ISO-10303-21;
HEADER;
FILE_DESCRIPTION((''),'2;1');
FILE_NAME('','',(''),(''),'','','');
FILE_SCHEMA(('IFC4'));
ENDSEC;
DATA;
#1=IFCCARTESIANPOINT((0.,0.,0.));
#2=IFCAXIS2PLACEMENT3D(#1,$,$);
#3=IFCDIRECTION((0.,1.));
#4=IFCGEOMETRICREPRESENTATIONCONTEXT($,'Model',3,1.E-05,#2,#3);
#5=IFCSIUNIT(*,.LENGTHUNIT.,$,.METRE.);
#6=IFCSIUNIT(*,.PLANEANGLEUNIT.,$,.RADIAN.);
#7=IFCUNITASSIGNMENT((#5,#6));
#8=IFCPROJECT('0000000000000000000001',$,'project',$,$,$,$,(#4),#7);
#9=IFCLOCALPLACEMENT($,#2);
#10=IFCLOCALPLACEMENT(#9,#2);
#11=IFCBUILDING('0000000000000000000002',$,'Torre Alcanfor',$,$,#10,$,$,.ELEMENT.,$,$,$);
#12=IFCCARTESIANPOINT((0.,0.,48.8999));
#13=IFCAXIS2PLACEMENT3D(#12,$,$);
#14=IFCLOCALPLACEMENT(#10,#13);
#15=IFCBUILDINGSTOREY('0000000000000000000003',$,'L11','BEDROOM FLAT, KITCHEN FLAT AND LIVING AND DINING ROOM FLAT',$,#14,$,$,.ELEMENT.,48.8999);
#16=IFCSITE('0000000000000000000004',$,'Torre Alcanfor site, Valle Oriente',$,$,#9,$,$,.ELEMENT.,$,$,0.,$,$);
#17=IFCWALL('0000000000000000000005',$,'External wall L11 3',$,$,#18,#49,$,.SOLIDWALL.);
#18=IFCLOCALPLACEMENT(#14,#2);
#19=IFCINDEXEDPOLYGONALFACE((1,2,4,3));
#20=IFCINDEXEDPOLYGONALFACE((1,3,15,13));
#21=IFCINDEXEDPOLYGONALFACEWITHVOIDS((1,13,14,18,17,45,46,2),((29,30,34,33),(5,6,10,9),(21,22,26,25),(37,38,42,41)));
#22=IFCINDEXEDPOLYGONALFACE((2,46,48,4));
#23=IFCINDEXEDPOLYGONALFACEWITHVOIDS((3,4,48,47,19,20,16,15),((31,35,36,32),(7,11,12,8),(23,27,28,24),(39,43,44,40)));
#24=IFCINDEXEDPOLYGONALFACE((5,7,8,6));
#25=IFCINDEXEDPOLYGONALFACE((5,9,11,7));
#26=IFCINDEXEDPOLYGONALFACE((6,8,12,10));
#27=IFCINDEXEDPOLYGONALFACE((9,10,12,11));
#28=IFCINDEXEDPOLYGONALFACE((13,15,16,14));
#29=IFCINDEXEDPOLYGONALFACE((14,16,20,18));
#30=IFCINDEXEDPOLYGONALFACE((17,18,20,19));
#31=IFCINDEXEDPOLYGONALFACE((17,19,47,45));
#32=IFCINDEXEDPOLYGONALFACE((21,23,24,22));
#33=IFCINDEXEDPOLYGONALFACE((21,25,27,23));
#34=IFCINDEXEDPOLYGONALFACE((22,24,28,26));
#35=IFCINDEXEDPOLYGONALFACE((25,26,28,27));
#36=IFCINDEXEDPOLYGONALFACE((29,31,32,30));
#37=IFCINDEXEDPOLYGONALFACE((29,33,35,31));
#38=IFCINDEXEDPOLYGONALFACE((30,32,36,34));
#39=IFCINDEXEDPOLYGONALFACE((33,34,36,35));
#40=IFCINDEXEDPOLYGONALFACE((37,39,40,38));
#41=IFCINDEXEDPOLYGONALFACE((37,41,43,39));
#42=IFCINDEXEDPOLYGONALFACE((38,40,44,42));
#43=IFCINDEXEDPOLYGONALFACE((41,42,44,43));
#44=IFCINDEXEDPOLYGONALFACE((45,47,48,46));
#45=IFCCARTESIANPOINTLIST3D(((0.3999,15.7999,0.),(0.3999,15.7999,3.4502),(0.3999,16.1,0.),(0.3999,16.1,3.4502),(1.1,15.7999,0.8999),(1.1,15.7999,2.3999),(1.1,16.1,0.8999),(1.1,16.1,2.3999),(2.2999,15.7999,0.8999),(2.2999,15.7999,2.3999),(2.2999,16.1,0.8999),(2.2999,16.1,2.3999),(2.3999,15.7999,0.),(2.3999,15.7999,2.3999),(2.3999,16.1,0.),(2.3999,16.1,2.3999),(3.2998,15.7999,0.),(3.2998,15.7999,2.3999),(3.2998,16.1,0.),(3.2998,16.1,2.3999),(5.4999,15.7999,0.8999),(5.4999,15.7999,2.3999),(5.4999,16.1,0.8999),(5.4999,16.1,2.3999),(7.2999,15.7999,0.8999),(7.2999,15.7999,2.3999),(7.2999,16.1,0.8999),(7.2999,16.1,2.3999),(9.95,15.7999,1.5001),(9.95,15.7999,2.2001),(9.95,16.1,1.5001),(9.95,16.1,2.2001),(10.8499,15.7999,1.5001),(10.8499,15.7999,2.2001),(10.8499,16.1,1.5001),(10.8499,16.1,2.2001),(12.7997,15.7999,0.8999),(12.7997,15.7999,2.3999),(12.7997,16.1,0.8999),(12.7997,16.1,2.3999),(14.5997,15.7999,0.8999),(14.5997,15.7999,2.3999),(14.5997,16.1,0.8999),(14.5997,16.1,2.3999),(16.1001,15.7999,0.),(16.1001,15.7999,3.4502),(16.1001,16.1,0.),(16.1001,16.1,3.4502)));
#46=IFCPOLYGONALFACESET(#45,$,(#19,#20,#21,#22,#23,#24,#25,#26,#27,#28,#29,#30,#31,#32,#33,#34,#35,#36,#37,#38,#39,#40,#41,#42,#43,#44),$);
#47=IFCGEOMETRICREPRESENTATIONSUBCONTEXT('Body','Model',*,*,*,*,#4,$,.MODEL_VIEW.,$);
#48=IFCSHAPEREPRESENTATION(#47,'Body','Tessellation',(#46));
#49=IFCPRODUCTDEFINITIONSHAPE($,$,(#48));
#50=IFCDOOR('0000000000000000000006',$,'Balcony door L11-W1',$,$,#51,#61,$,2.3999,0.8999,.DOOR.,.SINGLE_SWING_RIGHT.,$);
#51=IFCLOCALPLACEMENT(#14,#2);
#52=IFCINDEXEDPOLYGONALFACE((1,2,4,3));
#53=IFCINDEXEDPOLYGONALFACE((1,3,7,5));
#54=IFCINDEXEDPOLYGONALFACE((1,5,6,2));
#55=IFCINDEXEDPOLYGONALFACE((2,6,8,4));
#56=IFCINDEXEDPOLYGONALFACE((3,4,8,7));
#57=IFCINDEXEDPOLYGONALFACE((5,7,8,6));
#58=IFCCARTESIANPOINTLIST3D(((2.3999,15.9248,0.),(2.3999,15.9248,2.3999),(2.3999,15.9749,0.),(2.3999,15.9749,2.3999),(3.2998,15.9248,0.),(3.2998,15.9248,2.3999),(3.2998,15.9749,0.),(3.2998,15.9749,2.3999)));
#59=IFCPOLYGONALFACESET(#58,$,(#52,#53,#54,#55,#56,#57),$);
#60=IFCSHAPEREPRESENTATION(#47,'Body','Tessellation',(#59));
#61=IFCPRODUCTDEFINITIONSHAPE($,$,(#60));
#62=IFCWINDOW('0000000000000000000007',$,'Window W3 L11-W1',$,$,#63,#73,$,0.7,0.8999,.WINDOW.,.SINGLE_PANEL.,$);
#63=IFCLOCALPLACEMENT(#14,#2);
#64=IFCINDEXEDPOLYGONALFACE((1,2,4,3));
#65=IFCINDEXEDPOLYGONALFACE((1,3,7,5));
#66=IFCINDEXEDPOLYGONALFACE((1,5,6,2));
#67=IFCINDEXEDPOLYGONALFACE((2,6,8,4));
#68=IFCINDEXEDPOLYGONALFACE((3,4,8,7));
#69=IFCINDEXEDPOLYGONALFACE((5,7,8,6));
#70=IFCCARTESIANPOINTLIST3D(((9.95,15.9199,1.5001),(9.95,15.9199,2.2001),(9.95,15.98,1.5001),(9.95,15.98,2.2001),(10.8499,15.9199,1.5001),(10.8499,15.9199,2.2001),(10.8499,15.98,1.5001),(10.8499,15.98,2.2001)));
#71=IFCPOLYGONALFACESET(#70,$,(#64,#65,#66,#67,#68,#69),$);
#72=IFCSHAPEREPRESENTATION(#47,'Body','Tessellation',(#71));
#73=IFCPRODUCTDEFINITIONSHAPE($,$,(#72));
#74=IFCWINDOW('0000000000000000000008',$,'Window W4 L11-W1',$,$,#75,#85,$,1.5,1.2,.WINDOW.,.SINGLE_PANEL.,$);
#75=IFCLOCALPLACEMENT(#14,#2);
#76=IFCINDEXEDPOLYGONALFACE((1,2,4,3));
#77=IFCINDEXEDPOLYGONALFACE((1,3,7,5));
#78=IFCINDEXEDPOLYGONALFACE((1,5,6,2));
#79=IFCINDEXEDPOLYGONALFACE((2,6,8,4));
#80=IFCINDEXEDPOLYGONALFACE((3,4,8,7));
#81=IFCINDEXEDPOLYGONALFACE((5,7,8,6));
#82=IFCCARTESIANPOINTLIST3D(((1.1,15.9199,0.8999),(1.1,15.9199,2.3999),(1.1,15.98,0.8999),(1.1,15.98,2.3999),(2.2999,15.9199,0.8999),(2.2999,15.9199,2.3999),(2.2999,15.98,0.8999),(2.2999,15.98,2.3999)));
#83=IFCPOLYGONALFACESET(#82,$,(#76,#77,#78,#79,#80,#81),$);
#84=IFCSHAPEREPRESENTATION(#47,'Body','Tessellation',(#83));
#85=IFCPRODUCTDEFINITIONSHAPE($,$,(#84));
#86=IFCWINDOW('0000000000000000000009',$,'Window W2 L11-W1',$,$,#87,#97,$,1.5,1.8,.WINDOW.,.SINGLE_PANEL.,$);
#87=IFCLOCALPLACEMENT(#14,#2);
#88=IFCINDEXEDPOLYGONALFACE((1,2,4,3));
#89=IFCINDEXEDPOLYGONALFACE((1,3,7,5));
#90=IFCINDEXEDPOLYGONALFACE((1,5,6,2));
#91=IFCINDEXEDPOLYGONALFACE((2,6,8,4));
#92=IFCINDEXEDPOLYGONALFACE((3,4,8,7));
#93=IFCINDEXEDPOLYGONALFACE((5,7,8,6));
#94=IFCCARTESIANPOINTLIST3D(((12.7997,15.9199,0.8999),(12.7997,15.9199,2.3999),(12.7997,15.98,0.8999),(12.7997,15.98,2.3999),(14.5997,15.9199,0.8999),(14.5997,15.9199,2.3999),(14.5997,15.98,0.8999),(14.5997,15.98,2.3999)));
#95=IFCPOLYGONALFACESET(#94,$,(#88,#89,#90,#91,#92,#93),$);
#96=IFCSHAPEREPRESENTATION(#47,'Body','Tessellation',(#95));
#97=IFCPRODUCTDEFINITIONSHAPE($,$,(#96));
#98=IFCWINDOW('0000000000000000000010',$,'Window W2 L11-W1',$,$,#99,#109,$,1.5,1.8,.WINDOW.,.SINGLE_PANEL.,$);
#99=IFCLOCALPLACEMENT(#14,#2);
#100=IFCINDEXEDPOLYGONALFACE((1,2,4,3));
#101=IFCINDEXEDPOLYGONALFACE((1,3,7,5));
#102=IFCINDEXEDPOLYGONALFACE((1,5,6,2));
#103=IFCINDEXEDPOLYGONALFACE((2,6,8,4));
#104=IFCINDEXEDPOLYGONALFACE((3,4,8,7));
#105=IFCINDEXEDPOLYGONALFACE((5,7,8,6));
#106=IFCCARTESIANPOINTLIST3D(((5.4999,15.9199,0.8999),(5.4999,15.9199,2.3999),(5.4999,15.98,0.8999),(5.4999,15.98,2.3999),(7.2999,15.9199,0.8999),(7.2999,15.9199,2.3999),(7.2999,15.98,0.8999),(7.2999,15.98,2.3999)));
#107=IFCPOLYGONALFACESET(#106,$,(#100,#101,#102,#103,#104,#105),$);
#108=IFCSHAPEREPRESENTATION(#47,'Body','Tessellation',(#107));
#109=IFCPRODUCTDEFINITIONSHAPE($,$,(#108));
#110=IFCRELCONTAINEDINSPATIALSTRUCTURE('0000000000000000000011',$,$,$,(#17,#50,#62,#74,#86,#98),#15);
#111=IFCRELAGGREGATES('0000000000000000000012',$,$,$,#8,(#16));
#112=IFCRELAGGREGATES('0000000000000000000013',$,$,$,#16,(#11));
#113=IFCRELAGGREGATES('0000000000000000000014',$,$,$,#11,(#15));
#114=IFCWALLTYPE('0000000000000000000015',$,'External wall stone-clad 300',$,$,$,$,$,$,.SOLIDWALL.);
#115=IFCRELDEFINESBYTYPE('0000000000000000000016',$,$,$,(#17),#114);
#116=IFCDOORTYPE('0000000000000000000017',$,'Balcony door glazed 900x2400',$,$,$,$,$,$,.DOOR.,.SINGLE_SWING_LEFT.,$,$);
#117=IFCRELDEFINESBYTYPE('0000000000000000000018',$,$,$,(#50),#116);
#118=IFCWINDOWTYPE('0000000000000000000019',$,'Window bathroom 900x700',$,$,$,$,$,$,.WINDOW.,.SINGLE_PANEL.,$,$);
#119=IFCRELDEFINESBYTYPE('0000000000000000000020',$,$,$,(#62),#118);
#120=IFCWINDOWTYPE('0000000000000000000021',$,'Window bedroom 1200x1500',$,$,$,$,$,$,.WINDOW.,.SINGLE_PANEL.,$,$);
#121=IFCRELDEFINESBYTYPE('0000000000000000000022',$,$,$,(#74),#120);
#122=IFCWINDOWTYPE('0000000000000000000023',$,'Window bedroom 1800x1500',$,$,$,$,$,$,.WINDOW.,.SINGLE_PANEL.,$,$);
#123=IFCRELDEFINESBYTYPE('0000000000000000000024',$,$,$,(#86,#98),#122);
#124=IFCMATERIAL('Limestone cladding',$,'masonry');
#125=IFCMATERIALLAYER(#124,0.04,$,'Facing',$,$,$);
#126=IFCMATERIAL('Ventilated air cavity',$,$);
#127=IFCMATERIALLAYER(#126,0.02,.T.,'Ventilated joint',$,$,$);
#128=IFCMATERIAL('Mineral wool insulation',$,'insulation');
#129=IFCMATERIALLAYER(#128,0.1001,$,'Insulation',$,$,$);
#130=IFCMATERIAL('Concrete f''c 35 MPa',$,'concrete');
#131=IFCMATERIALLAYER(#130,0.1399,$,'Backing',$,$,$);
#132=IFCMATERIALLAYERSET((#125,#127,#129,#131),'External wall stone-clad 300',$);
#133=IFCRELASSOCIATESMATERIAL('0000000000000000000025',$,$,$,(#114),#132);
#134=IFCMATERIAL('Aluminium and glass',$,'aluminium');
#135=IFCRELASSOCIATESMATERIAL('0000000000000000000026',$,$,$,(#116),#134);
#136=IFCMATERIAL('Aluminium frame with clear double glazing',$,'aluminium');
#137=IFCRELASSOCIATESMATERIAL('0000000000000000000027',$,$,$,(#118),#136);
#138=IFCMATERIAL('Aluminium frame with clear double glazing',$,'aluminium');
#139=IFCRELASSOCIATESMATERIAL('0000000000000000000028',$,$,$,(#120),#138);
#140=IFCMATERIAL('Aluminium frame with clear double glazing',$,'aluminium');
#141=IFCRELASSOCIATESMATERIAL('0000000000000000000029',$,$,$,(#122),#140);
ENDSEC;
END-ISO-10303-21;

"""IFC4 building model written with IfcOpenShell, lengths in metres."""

from ifc_helpers import new_model, si_unit, direction, frame, frame_2d, origin, place, context, subcontext, project, spatial, rectangle, extrude, material, layer, layer_set, type_object, element, fill, save


model = new_model("IFC4")

# Units and contexts
model_context = context("Model", 3, precision=1e-05, world=origin(), true_north=direction((0.0, 1.0)))
body_context = subcontext(model_context, "Body", "Model", "MODEL_VIEW")
ifc_project = project(units=[si_unit("LENGTHUNIT", "METRE"), si_unit("PLANEANGLEUNIT", "RADIAN")], contexts=[model_context])

# Site, building, storey
site_placement = place(None, origin())
site = spatial("IfcSite", under=ifc_project, at=site_placement, Name="Torre Alcanfor site, Valle Oriente", CompositionType="ELEMENT", RefElevation=0.0)
building_placement = place(site_placement, origin())
building = spatial("IfcBuilding", under=site, at=building_placement, Name="Torre Alcanfor", CompositionType="ELEMENT")
storey_placement = place(building_placement, frame((0.0, 0.0, 48.8999)))
storey = spatial("IfcBuildingStorey", under=building, at=storey_placement, Name="L11", Description="BEDROOM FLAT, KITCHEN FLAT AND LIVING AND DINING ROOM FLAT", CompositionType="ELEMENT", Elevation=48.8999)

# Wall, openings, door, windows
ifc_material_1 = material(Name="Limestone cladding", Category="masonry")
ifc_layer_1 = layer(ifc_material_1, 0.04, Name="Facing")
ifc_material_2 = material(Name="Ventilated air cavity")
ifc_layer_2 = layer(ifc_material_2, 0.02, ventilated=True, Name="Ventilated joint")
ifc_material_3 = material(Name="Mineral wool insulation", Category="insulation")
ifc_layer_3 = layer(ifc_material_3, 0.1001, Name="Insulation")
ifc_material_4 = material(Name="Concrete f'c 35 MPa", Category="concrete")
ifc_layer_4 = layer(ifc_material_4, 0.1399, Name="Backing")
ifc_layer_set_1 = layer_set([ifc_layer_1, ifc_layer_2, ifc_layer_3, ifc_layer_4], Name="External wall stone-clad 300")
wall_type_1 = type_object("IfcWallType", Name="External wall stone-clad 300", PredefinedType="SOLIDWALL", material=ifc_layer_set_1)
wall_1_placement = place(storey_placement, frame((0.3999, 15.95, 0.0), z_axis=(0.0, 0.0, 1.0), x_axis=(1.0, 0.0, 0.0)))
wall_1 = element("IfcWall", 1, at=wall_1_placement, inside=storey, type_object=wall_type_1, Name="External wall L11 3", PredefinedType="SOLIDWALL", context=body_context, shape_type="SweptSolid", body=[
    extrude(rectangle(XDim=15.7002, YDim=0.3, at=frame_2d((7.8501, 0.0))), origin(), (0.0, 0.0, 1.0), 3.4502),
])
opening_1_placement = place(wall_1_placement, frame((12.3999, 0.0, 0.8999)))
opening_1 = element("IfcOpeningElement", 2, at=opening_1_placement, cuts=wall_1, PredefinedType="OPENING", context=body_context, shape_type="SweptSolid", body=[
    extrude(rectangle(XDim=1.8, YDim=1.5, at=frame_2d((0.8999, 0.75))), frame((0.0, 0.1599, 0.0), z_axis=(0.0, -1.0, 0.0), x_axis=(1.0, 0.0, 0.0)), (0.0, 0.0, 1.0), 0.3201),
])
opening_2_placement = place(wall_1_placement, frame((9.55, 0.0, 1.5)))
opening_2 = element("IfcOpeningElement", 3, at=opening_2_placement, cuts=wall_1, PredefinedType="OPENING", context=body_context, shape_type="SweptSolid", body=[
    extrude(rectangle(XDim=0.8999, YDim=0.7, at=frame_2d((0.45, 0.3501))), frame((0.0, 0.1599, 0.0), z_axis=(0.0, -1.0, 0.0), x_axis=(1.0, 0.0, 0.0)), (0.0, 0.0, 1.0), 0.3201),
])
opening_3_placement = place(wall_1_placement, frame((5.1001, 0.0, 0.8999)))
opening_3 = element("IfcOpeningElement", 4, at=opening_3_placement, cuts=wall_1, PredefinedType="OPENING", context=body_context, shape_type="SweptSolid", body=[
    extrude(rectangle(XDim=1.8, YDim=1.5, at=frame_2d((0.8999, 0.75))), frame((0.0, 0.1599, 0.0), z_axis=(0.0, -1.0, 0.0), x_axis=(1.0, 0.0, 0.0)), (0.0, 0.0, 1.0), 0.3201),
])
opening_4_placement = place(wall_1_placement, frame((2.0, 0.0, 0.0)))
opening_4 = element("IfcOpeningElement", 5, at=opening_4_placement, cuts=wall_1, PredefinedType="OPENING", context=body_context, shape_type="SweptSolid", body=[
    extrude(rectangle(XDim=0.8999, YDim=2.3999, at=frame_2d((0.45, 1.2))), frame((0.0, 0.1599, 0.0), z_axis=(0.0, -1.0, 0.0), x_axis=(1.0, 0.0, 0.0)), (0.0, 0.0, 1.0), 0.3201),
])
opening_5_placement = place(wall_1_placement, frame((0.7, 0.0, 0.8999)))
opening_5 = element("IfcOpeningElement", 6, at=opening_5_placement, cuts=wall_1, PredefinedType="OPENING", context=body_context, shape_type="SweptSolid", body=[
    extrude(rectangle(XDim=1.2, YDim=1.5, at=frame_2d((0.6001, 0.75))), frame((0.0, 0.1599, 0.0), z_axis=(0.0, -1.0, 0.0), x_axis=(1.0, 0.0, 0.0)), (0.0, 0.0, 1.0), 0.3201),
])
ifc_material_5 = material(Name="Aluminium and glass", Category="aluminium")
door_type = type_object("IfcDoorType", Name="Balcony door glazed 900x2400", OperationType="SINGLE_SWING_LEFT", PredefinedType="DOOR", material=ifc_material_5)
door_1_placement = place(opening_4_placement, origin())
door_1 = element("IfcDoor", 7, at=door_1_placement, inside=storey, type_object=door_type, Name="Balcony door L11-W1", OperationType="SINGLE_SWING_RIGHT", OverallHeight=2.3999, OverallWidth=0.8999, PredefinedType="DOOR", context=body_context, shape_type="SweptSolid", body=[
    extrude(rectangle(XDim=0.8999, YDim=2.3999, at=frame_2d((0.45, 1.2))), frame((0.0, 0.0249, 0.0), z_axis=(0.0, -1.0, 0.0), x_axis=(1.0, 0.0, 0.0)), (0.0, 0.0, 1.0), 0.05),
])
fill(opening_4, door_1)
ifc_material_6 = material(Name="Aluminium frame with clear double glazing", Category="aluminium")
window_type_1 = type_object("IfcWindowType", Name="Window bathroom 900x700", PartitioningType="SINGLE_PANEL", PredefinedType="WINDOW", material=ifc_material_6)
window_1_placement = place(opening_2_placement, origin())
window_1 = element("IfcWindow", 8, at=window_1_placement, inside=storey, type_object=window_type_1, Name="Window W3 L11-W1", OverallHeight=0.7, OverallWidth=0.8999, PartitioningType="SINGLE_PANEL", PredefinedType="WINDOW", context=body_context, shape_type="SweptSolid", body=[
    extrude(rectangle(XDim=0.8999, YDim=0.7, at=frame_2d((0.45, 0.3501))), frame((0.0, 0.03, 0.0), z_axis=(0.0, -1.0, 0.0), x_axis=(1.0, 0.0, 0.0)), (0.0, 0.0, 1.0), 0.0601),
])
fill(opening_2, window_1)
ifc_material_7 = material(Name="Aluminium frame with clear double glazing", Category="aluminium")
window_type_2 = type_object("IfcWindowType", Name="Window bedroom 1200x1500", PartitioningType="SINGLE_PANEL", PredefinedType="WINDOW", material=ifc_material_7)
window_2_placement = place(opening_5_placement, origin())
window_2 = element("IfcWindow", 9, at=window_2_placement, inside=storey, type_object=window_type_2, Name="Window W4 L11-W1", OverallHeight=1.5, OverallWidth=1.2, PartitioningType="SINGLE_PANEL", PredefinedType="WINDOW", context=body_context, shape_type="SweptSolid", body=[
    extrude(rectangle(XDim=1.2, YDim=1.5, at=frame_2d((0.6001, 0.75))), frame((0.0, 0.03, 0.0), z_axis=(0.0, -1.0, 0.0), x_axis=(1.0, 0.0, 0.0)), (0.0, 0.0, 1.0), 0.0601),
])
fill(opening_5, window_2)
ifc_material_8 = material(Name="Aluminium frame with clear double glazing", Category="aluminium")
window_type_3 = type_object("IfcWindowType", Name="Window bedroom 1800x1500", PartitioningType="SINGLE_PANEL", PredefinedType="WINDOW", material=ifc_material_8)
window_3_placement = place(opening_1_placement, origin())
window_3 = element("IfcWindow", 10, at=window_3_placement, inside=storey, type_object=window_type_3, Name="Window W2 L11-W1", OverallHeight=1.5, OverallWidth=1.8, PartitioningType="SINGLE_PANEL", PredefinedType="WINDOW", context=body_context, shape_type="SweptSolid", body=[
    extrude(rectangle(XDim=1.8, YDim=1.5, at=frame_2d((0.8999, 0.75))), frame((0.0, 0.03, 0.0), z_axis=(0.0, -1.0, 0.0), x_axis=(1.0, 0.0, 0.0)), (0.0, 0.0, 1.0), 0.0601),
])
fill(opening_1, window_3)
window_4_placement = place(opening_3_placement, origin())
window_4 = element("IfcWindow", 11, at=window_4_placement, inside=storey, type_object=window_type_3, Name="Window W2 L11-W1", OverallHeight=1.5, OverallWidth=1.8, PartitioningType="SINGLE_PANEL", PredefinedType="WINDOW", context=body_context, shape_type="SweptSolid", body=[
    extrude(rectangle(XDim=1.8, YDim=1.5, at=frame_2d((0.8999, 0.75))), frame((0.0, 0.03, 0.0), z_axis=(0.0, -1.0, 0.0), x_axis=(1.0, 0.0, 0.0)), (0.0, 0.0, 1.0), 0.0601),
])
fill(opening_3, window_4)

save(model, "model.ifc")
